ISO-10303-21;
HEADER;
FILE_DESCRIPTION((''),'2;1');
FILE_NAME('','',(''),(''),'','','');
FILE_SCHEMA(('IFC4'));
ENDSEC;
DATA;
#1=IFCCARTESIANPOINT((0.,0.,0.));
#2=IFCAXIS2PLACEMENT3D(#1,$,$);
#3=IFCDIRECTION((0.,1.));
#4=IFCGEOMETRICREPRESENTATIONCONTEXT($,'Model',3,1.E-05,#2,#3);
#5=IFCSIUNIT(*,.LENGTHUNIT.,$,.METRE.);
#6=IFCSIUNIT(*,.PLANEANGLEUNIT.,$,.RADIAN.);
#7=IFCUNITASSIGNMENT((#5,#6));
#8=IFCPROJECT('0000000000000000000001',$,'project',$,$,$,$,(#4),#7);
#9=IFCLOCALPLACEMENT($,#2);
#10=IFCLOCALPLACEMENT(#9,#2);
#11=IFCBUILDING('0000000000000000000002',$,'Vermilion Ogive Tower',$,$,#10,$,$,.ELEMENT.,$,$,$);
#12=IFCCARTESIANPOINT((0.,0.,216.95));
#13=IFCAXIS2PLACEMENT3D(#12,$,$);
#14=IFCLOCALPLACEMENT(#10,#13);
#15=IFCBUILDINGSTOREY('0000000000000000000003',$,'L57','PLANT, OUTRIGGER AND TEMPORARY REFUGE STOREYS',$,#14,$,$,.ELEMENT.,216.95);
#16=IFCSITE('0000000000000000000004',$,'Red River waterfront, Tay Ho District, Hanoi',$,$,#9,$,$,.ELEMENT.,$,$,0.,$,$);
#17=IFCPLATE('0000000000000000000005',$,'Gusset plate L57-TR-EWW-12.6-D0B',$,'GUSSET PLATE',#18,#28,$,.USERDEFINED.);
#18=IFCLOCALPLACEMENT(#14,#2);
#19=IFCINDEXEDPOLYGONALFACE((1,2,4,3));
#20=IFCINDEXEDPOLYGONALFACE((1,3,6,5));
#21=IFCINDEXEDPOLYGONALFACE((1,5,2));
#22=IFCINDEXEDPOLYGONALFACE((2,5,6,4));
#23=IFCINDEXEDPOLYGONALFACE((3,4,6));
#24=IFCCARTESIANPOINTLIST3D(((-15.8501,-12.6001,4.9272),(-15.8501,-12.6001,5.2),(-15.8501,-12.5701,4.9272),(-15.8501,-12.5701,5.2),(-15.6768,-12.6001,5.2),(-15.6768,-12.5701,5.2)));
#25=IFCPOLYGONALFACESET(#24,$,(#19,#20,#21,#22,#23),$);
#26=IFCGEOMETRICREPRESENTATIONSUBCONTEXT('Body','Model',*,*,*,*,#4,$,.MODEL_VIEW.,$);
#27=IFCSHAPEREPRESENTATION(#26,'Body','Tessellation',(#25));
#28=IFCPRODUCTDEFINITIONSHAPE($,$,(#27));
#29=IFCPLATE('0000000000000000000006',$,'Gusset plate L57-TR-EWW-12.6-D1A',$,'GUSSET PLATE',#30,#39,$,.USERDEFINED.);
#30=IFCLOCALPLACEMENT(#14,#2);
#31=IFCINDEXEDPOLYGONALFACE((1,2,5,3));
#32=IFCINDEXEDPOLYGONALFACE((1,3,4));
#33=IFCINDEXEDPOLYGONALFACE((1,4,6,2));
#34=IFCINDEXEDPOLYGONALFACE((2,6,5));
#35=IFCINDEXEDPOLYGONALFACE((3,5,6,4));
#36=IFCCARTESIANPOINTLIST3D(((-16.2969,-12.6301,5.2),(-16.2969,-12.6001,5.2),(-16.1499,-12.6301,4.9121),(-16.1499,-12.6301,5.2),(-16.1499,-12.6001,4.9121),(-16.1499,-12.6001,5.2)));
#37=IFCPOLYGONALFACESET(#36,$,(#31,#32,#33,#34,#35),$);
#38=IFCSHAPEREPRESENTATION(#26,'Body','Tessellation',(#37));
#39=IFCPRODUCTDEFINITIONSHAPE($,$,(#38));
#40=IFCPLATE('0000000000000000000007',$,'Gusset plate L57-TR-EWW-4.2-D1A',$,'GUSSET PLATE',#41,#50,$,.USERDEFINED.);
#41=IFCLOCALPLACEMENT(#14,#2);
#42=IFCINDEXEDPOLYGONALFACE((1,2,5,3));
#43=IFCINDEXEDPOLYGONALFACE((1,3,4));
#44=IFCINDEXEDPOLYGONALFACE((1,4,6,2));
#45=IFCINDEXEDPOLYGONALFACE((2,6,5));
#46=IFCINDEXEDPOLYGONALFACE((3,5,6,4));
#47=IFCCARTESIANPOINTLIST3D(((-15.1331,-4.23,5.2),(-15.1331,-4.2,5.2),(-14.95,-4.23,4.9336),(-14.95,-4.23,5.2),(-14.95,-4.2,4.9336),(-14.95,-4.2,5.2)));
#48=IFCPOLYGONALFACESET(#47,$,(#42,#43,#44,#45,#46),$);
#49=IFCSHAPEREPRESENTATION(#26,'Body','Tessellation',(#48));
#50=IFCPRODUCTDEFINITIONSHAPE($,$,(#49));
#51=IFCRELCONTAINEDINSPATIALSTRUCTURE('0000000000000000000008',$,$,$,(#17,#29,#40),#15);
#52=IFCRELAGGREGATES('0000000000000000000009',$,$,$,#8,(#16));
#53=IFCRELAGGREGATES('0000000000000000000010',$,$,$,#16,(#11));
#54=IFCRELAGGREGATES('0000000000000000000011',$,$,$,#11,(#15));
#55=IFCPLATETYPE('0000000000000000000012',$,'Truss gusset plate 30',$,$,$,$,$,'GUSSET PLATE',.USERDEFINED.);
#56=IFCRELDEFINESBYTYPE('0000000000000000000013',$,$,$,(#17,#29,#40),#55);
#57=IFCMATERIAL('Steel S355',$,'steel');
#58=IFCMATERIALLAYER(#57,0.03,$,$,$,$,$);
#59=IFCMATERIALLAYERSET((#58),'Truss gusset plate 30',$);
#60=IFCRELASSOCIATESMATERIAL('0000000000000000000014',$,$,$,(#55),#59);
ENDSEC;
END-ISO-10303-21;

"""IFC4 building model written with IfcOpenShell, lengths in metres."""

from ifc_helpers import new_model, si_unit, direction, frame, origin, place, context, subcontext, project, spatial, polyline, outline, extrude, material, layer, layer_set, type_object, element, save


model = new_model("IFC4")

# Units and contexts
model_context = context("Model", 3, precision=1e-05, world=origin(), true_north=direction((0.0, 1.0)))
body_context = subcontext(model_context, "Body", "Model", "MODEL_VIEW")
ifc_project = project(units=[si_unit("LENGTHUNIT", "METRE"), si_unit("PLANEANGLEUNIT", "RADIAN")], contexts=[model_context])

# Site, building, storey
site_placement = place(None, origin())
site = spatial("IfcSite", under=ifc_project, at=site_placement, Name="Red River waterfront, Tay Ho District, Hanoi", CompositionType="ELEMENT", RefElevation=0.0)
building_placement = place(site_placement, origin())
building = spatial("IfcBuilding", under=site, at=building_placement, Name="Vermilion Ogive Tower", CompositionType="ELEMENT")
storey_placement = place(building_placement, frame((0.0, 0.0, 216.95)))
storey = spatial("IfcBuildingStorey", under=building, at=storey_placement, Name="L57", Description="PLANT, OUTRIGGER AND TEMPORARY REFUGE STOREYS", CompositionType="ELEMENT", Elevation=216.95)

# Plates
ifc_material_1 = material(Name="Steel S355", Category="steel")
ifc_layer_1 = layer(ifc_material_1, 0.03)
ifc_layer_set_1 = layer_set([ifc_layer_1], Name="Truss gusset plate 30")
plate_type = type_object("IfcPlateType", Name="Truss gusset plate 30", ElementType="GUSSET PLATE", PredefinedType="USERDEFINED", material=ifc_layer_set_1)
plate_1_placement = place(storey_placement, frame((-15.8501, -12.6001, 4.9272), z_axis=(0.0, -1.0, 0.0), x_axis=(0.536435, 0.0, 0.843941)))
element("IfcPlate", 1, at=plate_1_placement, inside=storey, type_object=plate_type, Name="Gusset plate L57-TR-EWW-12.6-D0B", ObjectType="GUSSET PLATE", PredefinedType="USERDEFINED", context=body_context, shape_type="SweptSolid", body=[
    extrude(outline(polyline([(0.0, 0.0), (0.3231, 0.0), (0.2301, 0.1463), (0.0, 0.0)])), origin(), (0.0, 0.0, -1.0), 0.03),
])
plate_2_placement = place(storey_placement, frame((-16.1499, -12.6001, 4.9121), z_axis=(0.0, 1.0, 0.0), x_axis=(-0.454752, 0.0, 0.890618)))
element("IfcPlate", 2, at=plate_2_placement, inside=storey, type_object=plate_type, Name="Gusset plate L57-TR-EWW-12.6-D1A", ObjectType="GUSSET PLATE", PredefinedType="USERDEFINED", context=body_context, shape_type="SweptSolid", body=[
    extrude(outline(polyline([(0.0, 0.0), (0.3232, 0.0), (0.2564, 0.1309), (0.0, 0.0)])), origin(), (0.0, 0.0, -1.0), 0.03),
])
plate_3_placement = place(storey_placement, frame((-14.95, -4.2, 4.9336), z_axis=(0.0, 1.0, 0.0), x_axis=(-0.566497, 0.0, 0.824064)))
element("IfcPlate", 3, at=plate_3_placement, inside=storey, type_object=plate_type, Name="Gusset plate L57-TR-EWW-4.2-D1A", ObjectType="GUSSET PLATE", PredefinedType="USERDEFINED", context=body_context, shape_type="SweptSolid", body=[
    extrude(outline(polyline([(0.0, 0.0), (0.3232, 0.0), (0.2195, 0.1509), (0.0, 0.0)])), origin(), (0.0, 0.0, -1.0), 0.03),
])

save(model, "model.ifc")
